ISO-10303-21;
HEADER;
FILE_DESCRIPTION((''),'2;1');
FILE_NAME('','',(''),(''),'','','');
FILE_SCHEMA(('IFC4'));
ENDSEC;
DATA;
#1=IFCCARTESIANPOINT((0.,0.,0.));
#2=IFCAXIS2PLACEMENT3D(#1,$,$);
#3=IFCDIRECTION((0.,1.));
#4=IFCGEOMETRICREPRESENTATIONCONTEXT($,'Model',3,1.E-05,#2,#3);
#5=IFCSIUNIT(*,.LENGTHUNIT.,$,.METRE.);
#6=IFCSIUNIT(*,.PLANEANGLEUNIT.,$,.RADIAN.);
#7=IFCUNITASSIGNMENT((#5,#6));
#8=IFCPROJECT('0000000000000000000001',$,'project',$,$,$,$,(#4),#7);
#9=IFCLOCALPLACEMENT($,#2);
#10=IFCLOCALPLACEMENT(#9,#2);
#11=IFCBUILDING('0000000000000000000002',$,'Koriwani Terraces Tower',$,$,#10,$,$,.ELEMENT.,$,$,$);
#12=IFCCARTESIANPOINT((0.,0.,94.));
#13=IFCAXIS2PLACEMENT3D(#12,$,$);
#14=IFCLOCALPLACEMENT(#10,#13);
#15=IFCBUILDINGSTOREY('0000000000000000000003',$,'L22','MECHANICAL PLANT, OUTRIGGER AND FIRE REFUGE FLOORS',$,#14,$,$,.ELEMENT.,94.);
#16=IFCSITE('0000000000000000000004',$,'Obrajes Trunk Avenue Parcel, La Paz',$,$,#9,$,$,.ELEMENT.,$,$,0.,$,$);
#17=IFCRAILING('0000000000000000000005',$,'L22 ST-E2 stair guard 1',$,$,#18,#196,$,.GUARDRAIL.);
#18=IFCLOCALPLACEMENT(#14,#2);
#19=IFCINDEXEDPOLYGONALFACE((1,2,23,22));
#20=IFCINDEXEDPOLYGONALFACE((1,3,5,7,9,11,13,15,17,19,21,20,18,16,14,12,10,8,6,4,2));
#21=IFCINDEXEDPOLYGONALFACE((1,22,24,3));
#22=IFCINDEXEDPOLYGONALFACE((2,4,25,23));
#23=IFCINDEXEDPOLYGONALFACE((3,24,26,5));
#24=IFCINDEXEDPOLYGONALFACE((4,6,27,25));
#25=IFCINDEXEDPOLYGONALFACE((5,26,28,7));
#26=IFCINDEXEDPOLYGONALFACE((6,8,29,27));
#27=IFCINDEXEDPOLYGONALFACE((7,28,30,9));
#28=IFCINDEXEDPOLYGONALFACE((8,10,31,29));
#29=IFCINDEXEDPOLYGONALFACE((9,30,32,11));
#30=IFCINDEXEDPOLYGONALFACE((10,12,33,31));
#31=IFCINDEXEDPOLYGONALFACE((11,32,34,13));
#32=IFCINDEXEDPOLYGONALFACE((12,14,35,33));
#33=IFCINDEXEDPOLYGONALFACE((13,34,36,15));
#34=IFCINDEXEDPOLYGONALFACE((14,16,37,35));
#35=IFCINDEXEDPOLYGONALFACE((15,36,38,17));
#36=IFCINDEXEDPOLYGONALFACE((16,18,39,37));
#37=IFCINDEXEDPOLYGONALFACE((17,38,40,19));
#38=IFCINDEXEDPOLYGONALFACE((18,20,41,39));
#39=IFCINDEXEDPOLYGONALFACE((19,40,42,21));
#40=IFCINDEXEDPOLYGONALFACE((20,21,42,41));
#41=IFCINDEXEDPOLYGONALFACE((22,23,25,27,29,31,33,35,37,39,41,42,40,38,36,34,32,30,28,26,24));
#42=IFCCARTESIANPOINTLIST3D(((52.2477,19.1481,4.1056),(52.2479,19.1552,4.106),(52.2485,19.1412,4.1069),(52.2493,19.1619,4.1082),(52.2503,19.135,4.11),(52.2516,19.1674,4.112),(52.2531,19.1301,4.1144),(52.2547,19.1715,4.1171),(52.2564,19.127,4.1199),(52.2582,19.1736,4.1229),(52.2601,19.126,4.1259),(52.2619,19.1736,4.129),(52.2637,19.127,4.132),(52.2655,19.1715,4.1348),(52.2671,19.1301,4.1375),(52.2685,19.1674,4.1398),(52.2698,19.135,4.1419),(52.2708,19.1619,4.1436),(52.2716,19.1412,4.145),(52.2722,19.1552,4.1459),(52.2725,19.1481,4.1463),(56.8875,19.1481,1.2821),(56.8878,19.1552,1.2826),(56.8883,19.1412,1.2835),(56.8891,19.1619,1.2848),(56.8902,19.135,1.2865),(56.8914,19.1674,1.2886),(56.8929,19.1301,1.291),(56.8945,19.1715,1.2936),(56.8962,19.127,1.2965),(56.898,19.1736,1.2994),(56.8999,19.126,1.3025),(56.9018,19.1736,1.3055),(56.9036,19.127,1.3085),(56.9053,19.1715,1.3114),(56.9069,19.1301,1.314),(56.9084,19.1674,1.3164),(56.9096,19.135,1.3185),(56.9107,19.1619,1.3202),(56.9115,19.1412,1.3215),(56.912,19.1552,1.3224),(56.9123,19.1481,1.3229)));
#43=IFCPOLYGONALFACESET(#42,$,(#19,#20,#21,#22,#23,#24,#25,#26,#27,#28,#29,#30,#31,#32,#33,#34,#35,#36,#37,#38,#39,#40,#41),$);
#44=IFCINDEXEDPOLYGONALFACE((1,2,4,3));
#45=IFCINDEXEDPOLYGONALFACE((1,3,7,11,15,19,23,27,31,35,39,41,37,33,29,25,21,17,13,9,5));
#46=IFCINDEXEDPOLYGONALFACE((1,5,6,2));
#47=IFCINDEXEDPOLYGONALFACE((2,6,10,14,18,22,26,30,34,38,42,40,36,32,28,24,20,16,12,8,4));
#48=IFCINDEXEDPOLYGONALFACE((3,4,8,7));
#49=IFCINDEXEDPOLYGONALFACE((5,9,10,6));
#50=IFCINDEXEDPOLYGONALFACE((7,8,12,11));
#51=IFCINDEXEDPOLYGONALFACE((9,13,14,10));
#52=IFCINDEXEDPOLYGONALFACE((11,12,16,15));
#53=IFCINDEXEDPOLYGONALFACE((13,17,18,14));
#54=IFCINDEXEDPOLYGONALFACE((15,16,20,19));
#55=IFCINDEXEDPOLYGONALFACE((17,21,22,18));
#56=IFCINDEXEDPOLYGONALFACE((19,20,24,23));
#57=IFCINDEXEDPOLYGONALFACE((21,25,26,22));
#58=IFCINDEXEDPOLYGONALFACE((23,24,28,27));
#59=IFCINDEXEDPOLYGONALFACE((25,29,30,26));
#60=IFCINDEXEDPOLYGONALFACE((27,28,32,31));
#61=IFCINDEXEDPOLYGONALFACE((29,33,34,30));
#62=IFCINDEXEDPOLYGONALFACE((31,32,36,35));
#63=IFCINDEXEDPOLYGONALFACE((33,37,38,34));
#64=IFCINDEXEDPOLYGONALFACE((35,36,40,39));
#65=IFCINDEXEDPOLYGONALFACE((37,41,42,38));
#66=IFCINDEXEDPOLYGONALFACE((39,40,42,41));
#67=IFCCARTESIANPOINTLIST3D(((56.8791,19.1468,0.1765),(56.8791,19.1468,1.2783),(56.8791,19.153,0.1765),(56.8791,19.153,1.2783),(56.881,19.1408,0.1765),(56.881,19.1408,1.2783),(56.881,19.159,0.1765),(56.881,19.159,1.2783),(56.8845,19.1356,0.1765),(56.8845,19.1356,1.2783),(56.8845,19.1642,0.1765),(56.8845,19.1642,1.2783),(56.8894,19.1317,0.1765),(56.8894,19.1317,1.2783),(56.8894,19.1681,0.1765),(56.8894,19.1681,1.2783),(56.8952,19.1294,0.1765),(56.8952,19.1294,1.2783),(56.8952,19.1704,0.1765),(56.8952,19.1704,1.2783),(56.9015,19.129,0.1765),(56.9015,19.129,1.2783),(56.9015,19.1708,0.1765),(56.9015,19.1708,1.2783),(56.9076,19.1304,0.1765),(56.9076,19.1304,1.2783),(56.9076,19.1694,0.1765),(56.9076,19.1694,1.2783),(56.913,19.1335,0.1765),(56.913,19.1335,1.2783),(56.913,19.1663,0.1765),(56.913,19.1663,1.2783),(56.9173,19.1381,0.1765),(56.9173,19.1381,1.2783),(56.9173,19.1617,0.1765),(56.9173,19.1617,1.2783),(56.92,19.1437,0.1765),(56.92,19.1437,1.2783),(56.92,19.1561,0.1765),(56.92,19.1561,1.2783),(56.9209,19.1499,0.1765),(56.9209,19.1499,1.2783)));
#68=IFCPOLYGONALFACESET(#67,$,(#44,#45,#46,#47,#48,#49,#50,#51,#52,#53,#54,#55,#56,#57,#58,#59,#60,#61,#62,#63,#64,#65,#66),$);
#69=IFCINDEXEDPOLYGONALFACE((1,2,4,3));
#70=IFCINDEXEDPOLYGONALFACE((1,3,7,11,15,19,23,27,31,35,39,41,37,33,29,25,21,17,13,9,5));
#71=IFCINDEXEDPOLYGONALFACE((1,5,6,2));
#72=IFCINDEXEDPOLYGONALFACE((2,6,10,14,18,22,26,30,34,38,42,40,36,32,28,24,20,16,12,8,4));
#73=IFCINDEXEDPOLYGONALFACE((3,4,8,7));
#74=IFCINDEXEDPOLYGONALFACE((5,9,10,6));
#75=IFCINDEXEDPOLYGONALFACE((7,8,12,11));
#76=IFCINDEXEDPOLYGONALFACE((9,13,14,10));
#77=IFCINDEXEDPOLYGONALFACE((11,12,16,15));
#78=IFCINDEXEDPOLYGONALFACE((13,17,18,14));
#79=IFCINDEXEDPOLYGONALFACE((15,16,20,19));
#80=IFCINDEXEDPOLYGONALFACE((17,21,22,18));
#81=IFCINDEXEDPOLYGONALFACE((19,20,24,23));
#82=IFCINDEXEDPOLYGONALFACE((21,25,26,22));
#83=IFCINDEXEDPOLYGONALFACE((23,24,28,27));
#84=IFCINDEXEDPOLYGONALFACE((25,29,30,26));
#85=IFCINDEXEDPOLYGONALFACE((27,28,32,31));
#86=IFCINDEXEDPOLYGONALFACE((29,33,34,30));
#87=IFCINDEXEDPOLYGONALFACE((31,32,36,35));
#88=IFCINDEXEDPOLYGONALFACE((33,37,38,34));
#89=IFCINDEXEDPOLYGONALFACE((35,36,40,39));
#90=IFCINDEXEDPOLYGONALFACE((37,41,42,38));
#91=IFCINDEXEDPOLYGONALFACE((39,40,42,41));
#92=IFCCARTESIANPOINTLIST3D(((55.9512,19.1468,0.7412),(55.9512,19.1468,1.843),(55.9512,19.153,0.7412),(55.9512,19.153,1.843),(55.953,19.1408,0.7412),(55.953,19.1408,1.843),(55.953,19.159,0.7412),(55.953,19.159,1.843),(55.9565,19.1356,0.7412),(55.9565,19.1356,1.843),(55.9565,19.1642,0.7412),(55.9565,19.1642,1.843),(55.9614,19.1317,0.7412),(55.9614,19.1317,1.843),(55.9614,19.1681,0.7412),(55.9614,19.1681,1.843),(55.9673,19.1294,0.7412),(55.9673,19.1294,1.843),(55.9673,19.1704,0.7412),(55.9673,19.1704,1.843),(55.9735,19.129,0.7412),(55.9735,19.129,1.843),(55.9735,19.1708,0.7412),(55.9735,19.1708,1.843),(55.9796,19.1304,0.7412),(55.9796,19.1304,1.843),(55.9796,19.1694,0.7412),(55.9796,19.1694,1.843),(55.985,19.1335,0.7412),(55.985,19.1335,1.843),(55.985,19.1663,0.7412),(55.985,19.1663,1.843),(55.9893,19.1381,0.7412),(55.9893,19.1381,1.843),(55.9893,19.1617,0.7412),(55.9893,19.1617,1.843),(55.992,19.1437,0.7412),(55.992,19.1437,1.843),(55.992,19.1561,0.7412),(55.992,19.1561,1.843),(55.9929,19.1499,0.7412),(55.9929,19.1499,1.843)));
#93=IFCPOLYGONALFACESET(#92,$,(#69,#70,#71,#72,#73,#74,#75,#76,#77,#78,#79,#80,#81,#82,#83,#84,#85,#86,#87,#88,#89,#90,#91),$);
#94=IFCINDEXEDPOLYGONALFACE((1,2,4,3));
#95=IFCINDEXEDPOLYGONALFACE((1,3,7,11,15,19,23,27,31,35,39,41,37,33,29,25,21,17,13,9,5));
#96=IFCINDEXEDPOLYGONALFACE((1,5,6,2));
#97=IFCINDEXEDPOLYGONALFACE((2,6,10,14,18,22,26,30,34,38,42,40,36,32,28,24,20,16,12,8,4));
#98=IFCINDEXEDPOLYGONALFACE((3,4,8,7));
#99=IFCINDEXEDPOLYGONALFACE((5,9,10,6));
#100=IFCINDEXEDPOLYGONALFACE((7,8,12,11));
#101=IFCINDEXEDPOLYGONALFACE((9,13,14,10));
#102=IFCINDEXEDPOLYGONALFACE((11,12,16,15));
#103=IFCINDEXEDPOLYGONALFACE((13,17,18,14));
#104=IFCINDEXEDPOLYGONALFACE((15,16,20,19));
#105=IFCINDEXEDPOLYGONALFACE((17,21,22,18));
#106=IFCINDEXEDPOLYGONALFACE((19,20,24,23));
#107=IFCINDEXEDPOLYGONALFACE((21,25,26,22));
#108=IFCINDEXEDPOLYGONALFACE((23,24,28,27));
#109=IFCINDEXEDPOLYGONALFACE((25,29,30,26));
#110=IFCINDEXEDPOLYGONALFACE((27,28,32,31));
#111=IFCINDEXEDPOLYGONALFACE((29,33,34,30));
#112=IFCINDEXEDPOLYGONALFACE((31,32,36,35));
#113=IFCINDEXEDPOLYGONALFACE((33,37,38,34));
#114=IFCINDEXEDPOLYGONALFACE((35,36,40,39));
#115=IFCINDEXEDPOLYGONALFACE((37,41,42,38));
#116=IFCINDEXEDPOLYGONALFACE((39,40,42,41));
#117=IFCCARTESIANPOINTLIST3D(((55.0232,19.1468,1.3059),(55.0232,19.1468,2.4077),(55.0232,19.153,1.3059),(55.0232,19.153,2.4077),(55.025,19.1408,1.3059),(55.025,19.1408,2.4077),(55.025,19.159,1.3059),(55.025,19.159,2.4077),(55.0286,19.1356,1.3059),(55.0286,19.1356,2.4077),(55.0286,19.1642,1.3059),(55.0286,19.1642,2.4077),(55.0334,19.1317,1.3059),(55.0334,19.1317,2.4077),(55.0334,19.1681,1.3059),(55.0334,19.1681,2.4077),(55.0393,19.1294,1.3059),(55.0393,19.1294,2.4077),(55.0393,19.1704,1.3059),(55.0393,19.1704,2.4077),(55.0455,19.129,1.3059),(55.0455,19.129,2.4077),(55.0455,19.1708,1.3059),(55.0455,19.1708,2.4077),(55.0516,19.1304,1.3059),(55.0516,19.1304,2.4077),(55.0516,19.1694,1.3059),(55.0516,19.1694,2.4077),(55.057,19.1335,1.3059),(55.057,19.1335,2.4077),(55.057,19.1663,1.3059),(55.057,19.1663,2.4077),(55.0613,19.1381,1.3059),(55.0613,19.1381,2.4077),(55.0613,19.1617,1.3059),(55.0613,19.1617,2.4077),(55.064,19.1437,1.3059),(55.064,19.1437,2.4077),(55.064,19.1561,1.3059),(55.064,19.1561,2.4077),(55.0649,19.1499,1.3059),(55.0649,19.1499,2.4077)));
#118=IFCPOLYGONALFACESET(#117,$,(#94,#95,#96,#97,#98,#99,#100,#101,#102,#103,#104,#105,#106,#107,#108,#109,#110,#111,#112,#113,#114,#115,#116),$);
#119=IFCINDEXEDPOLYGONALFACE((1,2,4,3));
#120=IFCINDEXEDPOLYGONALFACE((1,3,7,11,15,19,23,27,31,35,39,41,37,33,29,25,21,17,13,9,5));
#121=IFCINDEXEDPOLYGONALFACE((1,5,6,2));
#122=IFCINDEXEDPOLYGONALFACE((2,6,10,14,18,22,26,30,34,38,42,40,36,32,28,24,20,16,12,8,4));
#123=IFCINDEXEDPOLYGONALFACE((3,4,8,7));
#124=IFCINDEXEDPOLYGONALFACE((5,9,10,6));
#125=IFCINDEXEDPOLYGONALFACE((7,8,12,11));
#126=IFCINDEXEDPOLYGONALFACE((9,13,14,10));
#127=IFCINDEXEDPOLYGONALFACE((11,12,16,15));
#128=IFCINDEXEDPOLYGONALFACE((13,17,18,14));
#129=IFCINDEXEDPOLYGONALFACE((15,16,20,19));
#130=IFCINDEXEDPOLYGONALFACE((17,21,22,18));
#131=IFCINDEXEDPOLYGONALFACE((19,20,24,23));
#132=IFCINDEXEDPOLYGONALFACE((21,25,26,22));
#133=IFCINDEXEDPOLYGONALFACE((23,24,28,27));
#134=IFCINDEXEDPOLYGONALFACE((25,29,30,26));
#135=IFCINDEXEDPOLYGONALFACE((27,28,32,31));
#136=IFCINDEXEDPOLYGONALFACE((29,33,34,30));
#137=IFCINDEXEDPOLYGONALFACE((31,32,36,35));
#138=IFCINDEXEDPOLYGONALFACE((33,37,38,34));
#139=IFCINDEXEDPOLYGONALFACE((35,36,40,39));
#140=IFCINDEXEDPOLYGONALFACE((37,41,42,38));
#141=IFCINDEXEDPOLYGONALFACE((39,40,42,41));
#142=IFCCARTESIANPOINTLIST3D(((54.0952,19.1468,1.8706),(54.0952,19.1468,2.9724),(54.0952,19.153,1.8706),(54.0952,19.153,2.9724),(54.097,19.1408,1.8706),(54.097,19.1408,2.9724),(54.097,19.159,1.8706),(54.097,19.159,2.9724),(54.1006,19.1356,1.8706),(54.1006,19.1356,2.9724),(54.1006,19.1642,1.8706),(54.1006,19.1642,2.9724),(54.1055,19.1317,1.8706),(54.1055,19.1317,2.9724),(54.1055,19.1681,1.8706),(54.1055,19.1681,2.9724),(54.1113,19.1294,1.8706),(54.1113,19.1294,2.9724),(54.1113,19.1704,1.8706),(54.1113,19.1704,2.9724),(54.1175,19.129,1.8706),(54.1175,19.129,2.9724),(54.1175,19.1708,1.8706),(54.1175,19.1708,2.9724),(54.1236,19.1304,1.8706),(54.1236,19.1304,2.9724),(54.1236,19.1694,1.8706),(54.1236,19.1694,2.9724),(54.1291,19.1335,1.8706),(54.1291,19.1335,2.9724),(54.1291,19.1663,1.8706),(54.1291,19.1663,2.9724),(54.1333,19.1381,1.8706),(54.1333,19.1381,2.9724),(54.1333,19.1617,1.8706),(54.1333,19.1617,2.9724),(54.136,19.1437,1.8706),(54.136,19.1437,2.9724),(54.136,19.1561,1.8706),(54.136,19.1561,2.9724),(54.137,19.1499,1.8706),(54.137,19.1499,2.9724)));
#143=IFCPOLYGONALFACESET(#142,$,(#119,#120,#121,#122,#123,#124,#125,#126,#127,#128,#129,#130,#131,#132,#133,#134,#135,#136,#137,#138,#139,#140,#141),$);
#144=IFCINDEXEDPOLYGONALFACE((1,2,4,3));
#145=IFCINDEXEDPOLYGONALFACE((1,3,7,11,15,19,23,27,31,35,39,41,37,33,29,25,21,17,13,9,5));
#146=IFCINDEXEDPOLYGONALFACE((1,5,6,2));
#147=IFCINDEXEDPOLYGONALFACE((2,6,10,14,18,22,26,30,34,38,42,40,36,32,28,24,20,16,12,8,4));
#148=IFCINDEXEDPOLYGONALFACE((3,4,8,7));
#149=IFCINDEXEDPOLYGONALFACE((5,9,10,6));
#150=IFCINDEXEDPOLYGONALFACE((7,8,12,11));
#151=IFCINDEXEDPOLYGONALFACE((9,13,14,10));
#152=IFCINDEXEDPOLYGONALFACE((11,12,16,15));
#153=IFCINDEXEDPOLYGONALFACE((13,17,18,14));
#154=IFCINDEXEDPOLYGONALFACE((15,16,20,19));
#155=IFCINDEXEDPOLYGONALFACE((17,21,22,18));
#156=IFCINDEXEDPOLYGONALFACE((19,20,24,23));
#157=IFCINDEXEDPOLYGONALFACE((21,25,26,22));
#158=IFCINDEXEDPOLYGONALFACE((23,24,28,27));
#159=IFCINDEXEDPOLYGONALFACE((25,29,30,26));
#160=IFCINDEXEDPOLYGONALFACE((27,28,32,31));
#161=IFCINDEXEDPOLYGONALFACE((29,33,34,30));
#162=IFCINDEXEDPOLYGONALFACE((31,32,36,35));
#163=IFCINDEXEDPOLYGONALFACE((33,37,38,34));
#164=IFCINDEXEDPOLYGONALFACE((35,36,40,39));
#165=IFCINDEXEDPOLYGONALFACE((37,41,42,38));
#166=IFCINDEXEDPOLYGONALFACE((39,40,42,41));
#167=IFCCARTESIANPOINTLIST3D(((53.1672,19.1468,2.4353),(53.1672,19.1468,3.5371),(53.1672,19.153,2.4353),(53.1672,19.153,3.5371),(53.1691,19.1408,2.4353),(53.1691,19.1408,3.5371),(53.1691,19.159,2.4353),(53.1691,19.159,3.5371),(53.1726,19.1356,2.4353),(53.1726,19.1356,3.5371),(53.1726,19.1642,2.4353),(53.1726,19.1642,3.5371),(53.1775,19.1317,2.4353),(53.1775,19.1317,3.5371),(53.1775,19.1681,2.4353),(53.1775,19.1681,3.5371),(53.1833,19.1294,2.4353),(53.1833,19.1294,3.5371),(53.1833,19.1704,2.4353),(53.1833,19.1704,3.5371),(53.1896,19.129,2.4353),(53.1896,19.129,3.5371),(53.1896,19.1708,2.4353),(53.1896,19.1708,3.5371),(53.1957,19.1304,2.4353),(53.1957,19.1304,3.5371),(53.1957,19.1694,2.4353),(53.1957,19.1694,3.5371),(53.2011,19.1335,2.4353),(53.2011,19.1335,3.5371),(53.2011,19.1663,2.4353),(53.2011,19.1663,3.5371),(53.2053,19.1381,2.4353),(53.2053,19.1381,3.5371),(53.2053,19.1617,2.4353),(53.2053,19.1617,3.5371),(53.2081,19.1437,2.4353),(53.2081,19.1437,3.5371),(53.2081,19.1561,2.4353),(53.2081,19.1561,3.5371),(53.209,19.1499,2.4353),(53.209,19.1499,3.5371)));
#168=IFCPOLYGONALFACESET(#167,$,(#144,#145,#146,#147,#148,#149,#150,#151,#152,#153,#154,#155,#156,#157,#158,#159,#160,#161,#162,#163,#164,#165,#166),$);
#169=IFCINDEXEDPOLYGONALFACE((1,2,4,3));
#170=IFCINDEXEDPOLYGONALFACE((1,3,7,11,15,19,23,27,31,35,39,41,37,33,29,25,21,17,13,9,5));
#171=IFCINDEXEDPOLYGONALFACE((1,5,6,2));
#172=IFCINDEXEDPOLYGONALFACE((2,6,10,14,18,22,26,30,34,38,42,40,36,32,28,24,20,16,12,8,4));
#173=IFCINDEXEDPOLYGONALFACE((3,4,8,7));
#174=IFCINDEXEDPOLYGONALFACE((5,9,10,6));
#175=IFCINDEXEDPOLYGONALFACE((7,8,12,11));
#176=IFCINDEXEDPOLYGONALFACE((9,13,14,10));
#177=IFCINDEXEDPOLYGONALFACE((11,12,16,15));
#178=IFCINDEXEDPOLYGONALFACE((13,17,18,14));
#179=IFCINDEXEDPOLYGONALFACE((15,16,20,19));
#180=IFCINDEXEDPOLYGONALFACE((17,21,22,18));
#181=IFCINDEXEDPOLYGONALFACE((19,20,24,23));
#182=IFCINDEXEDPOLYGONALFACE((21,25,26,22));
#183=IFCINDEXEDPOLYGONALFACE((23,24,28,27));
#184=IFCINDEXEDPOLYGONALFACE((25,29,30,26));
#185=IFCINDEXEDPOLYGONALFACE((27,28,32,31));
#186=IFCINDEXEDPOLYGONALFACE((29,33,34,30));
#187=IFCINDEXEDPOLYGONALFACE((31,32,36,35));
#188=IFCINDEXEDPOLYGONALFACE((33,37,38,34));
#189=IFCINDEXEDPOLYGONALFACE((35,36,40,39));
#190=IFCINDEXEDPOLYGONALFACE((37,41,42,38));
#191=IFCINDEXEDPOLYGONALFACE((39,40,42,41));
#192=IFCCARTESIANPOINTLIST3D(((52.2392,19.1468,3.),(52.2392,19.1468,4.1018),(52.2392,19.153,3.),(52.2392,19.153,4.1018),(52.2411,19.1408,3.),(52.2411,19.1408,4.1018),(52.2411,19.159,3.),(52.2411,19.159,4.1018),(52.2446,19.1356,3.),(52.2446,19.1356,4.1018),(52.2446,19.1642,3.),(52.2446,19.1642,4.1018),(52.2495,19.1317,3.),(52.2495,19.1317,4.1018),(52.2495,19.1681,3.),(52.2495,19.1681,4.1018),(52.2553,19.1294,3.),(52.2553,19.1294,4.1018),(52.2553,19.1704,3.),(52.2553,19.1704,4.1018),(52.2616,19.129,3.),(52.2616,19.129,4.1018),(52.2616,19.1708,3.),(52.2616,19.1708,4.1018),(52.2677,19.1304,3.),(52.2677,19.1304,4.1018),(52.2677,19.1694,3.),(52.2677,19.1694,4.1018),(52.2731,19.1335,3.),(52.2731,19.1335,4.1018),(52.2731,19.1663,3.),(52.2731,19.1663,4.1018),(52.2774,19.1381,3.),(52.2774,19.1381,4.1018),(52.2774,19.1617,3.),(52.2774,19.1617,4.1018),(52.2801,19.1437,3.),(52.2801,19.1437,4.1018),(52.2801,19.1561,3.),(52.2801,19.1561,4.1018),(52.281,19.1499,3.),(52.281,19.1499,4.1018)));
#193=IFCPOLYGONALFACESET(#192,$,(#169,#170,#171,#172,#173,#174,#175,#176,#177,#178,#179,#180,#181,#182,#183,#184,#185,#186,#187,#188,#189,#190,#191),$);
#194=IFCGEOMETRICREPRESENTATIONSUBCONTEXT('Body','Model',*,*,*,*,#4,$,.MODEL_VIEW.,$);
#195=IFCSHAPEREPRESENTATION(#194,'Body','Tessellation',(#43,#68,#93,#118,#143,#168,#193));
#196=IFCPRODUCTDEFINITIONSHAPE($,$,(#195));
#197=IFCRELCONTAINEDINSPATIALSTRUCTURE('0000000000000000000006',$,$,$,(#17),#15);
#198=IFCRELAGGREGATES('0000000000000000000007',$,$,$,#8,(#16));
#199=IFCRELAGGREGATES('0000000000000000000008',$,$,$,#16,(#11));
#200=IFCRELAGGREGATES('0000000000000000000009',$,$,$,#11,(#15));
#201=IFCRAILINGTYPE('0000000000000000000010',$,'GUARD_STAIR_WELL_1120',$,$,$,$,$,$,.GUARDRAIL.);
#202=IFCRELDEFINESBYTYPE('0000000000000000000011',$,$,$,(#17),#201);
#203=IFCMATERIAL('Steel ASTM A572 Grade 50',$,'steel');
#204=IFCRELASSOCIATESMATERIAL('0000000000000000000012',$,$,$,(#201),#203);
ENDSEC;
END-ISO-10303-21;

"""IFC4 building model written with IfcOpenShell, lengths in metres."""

from ifc_helpers import new_model, si_unit, direction, frame, origin, origin_2d, place, context, subcontext, project, spatial, circle, extrude, material, type_object, element, save


model = new_model("IFC4")

# Units and contexts
model_context = context("Model", 3, precision=1e-05, world=origin(), true_north=direction((0.0, 1.0)))
body_context = subcontext(model_context, "Body", "Model", "MODEL_VIEW")
ifc_project = project(units=[si_unit("LENGTHUNIT", "METRE"), si_unit("PLANEANGLEUNIT", "RADIAN")], contexts=[model_context])

# Site, building, storey
site_placement = place(None, origin())
site = spatial("IfcSite", under=ifc_project, at=site_placement, Name="Obrajes Trunk Avenue Parcel, La Paz", CompositionType="ELEMENT", RefElevation=0.0)
building_placement = place(site_placement, origin())
building = spatial("IfcBuilding", under=site, at=building_placement, Name="Koriwani Terraces Tower", CompositionType="ELEMENT")
storey_placement = place(building_placement, frame((0.0, 0.0, 94.0)))
storey = spatial("IfcBuildingStorey", under=building, at=storey_placement, Name="L22", Description="MECHANICAL PLANT, OUTRIGGER AND FIRE REFUGE FLOORS", CompositionType="ELEMENT", Elevation=94.0)

# Shared definitions
ifc_material_1 = material(Name="Steel ASTM A572 Grade 50", Category="steel")

# Railing
railing_type_1 = type_object("IfcRailingType", Name="GUARD_STAIR_WELL_1120", PredefinedType="GUARDRAIL", material=ifc_material_1)
railing_1_placement = place(storey_placement, frame((56.8999, 19.1499, 0.1765)))
element("IfcRailing", 1, at=railing_1_placement, inside=storey, type_object=railing_type_1, Name="L22 ST-E2 stair guard 1", PredefinedType="GUARDRAIL", context=body_context, shape_type="SweptSolid", body=[
    extrude(circle(Radius=0.0239, at=origin_2d()), frame((0.0, 0.0, 1.126), z_axis=(-0.854264, 0.0, 0.51984), x_axis=(0.0, -1.0, 0.0)), (0.0, 0.0, 1.0), 5.4314),
    extrude(circle(Radius=0.021, at=origin_2d()), origin(), (0.0, 0.0, 1.0), 1.1018),
    extrude(circle(Radius=0.021, at=origin_2d()), frame((-0.928, 0.0, 0.5647)), (0.0, 0.0, 1.0), 1.1018),
    extrude(circle(Radius=0.021, at=origin_2d()), frame((-1.856, 0.0, 1.1294)), (0.0, 0.0, 1.0), 1.1018),
    extrude(circle(Radius=0.021, at=origin_2d()), frame((-2.7839, 0.0, 1.6941)), (0.0, 0.0, 1.0), 1.1018),
    extrude(circle(Radius=0.021, at=origin_2d()), frame((-3.7119, 0.0, 2.2588)), (0.0, 0.0, 1.0), 1.1018),
    extrude(circle(Radius=0.021, at=origin_2d()), frame((-4.6399, 0.0, 2.8235)), (0.0, 0.0, 1.0), 1.1018),
])

save(model, "model.ifc")
